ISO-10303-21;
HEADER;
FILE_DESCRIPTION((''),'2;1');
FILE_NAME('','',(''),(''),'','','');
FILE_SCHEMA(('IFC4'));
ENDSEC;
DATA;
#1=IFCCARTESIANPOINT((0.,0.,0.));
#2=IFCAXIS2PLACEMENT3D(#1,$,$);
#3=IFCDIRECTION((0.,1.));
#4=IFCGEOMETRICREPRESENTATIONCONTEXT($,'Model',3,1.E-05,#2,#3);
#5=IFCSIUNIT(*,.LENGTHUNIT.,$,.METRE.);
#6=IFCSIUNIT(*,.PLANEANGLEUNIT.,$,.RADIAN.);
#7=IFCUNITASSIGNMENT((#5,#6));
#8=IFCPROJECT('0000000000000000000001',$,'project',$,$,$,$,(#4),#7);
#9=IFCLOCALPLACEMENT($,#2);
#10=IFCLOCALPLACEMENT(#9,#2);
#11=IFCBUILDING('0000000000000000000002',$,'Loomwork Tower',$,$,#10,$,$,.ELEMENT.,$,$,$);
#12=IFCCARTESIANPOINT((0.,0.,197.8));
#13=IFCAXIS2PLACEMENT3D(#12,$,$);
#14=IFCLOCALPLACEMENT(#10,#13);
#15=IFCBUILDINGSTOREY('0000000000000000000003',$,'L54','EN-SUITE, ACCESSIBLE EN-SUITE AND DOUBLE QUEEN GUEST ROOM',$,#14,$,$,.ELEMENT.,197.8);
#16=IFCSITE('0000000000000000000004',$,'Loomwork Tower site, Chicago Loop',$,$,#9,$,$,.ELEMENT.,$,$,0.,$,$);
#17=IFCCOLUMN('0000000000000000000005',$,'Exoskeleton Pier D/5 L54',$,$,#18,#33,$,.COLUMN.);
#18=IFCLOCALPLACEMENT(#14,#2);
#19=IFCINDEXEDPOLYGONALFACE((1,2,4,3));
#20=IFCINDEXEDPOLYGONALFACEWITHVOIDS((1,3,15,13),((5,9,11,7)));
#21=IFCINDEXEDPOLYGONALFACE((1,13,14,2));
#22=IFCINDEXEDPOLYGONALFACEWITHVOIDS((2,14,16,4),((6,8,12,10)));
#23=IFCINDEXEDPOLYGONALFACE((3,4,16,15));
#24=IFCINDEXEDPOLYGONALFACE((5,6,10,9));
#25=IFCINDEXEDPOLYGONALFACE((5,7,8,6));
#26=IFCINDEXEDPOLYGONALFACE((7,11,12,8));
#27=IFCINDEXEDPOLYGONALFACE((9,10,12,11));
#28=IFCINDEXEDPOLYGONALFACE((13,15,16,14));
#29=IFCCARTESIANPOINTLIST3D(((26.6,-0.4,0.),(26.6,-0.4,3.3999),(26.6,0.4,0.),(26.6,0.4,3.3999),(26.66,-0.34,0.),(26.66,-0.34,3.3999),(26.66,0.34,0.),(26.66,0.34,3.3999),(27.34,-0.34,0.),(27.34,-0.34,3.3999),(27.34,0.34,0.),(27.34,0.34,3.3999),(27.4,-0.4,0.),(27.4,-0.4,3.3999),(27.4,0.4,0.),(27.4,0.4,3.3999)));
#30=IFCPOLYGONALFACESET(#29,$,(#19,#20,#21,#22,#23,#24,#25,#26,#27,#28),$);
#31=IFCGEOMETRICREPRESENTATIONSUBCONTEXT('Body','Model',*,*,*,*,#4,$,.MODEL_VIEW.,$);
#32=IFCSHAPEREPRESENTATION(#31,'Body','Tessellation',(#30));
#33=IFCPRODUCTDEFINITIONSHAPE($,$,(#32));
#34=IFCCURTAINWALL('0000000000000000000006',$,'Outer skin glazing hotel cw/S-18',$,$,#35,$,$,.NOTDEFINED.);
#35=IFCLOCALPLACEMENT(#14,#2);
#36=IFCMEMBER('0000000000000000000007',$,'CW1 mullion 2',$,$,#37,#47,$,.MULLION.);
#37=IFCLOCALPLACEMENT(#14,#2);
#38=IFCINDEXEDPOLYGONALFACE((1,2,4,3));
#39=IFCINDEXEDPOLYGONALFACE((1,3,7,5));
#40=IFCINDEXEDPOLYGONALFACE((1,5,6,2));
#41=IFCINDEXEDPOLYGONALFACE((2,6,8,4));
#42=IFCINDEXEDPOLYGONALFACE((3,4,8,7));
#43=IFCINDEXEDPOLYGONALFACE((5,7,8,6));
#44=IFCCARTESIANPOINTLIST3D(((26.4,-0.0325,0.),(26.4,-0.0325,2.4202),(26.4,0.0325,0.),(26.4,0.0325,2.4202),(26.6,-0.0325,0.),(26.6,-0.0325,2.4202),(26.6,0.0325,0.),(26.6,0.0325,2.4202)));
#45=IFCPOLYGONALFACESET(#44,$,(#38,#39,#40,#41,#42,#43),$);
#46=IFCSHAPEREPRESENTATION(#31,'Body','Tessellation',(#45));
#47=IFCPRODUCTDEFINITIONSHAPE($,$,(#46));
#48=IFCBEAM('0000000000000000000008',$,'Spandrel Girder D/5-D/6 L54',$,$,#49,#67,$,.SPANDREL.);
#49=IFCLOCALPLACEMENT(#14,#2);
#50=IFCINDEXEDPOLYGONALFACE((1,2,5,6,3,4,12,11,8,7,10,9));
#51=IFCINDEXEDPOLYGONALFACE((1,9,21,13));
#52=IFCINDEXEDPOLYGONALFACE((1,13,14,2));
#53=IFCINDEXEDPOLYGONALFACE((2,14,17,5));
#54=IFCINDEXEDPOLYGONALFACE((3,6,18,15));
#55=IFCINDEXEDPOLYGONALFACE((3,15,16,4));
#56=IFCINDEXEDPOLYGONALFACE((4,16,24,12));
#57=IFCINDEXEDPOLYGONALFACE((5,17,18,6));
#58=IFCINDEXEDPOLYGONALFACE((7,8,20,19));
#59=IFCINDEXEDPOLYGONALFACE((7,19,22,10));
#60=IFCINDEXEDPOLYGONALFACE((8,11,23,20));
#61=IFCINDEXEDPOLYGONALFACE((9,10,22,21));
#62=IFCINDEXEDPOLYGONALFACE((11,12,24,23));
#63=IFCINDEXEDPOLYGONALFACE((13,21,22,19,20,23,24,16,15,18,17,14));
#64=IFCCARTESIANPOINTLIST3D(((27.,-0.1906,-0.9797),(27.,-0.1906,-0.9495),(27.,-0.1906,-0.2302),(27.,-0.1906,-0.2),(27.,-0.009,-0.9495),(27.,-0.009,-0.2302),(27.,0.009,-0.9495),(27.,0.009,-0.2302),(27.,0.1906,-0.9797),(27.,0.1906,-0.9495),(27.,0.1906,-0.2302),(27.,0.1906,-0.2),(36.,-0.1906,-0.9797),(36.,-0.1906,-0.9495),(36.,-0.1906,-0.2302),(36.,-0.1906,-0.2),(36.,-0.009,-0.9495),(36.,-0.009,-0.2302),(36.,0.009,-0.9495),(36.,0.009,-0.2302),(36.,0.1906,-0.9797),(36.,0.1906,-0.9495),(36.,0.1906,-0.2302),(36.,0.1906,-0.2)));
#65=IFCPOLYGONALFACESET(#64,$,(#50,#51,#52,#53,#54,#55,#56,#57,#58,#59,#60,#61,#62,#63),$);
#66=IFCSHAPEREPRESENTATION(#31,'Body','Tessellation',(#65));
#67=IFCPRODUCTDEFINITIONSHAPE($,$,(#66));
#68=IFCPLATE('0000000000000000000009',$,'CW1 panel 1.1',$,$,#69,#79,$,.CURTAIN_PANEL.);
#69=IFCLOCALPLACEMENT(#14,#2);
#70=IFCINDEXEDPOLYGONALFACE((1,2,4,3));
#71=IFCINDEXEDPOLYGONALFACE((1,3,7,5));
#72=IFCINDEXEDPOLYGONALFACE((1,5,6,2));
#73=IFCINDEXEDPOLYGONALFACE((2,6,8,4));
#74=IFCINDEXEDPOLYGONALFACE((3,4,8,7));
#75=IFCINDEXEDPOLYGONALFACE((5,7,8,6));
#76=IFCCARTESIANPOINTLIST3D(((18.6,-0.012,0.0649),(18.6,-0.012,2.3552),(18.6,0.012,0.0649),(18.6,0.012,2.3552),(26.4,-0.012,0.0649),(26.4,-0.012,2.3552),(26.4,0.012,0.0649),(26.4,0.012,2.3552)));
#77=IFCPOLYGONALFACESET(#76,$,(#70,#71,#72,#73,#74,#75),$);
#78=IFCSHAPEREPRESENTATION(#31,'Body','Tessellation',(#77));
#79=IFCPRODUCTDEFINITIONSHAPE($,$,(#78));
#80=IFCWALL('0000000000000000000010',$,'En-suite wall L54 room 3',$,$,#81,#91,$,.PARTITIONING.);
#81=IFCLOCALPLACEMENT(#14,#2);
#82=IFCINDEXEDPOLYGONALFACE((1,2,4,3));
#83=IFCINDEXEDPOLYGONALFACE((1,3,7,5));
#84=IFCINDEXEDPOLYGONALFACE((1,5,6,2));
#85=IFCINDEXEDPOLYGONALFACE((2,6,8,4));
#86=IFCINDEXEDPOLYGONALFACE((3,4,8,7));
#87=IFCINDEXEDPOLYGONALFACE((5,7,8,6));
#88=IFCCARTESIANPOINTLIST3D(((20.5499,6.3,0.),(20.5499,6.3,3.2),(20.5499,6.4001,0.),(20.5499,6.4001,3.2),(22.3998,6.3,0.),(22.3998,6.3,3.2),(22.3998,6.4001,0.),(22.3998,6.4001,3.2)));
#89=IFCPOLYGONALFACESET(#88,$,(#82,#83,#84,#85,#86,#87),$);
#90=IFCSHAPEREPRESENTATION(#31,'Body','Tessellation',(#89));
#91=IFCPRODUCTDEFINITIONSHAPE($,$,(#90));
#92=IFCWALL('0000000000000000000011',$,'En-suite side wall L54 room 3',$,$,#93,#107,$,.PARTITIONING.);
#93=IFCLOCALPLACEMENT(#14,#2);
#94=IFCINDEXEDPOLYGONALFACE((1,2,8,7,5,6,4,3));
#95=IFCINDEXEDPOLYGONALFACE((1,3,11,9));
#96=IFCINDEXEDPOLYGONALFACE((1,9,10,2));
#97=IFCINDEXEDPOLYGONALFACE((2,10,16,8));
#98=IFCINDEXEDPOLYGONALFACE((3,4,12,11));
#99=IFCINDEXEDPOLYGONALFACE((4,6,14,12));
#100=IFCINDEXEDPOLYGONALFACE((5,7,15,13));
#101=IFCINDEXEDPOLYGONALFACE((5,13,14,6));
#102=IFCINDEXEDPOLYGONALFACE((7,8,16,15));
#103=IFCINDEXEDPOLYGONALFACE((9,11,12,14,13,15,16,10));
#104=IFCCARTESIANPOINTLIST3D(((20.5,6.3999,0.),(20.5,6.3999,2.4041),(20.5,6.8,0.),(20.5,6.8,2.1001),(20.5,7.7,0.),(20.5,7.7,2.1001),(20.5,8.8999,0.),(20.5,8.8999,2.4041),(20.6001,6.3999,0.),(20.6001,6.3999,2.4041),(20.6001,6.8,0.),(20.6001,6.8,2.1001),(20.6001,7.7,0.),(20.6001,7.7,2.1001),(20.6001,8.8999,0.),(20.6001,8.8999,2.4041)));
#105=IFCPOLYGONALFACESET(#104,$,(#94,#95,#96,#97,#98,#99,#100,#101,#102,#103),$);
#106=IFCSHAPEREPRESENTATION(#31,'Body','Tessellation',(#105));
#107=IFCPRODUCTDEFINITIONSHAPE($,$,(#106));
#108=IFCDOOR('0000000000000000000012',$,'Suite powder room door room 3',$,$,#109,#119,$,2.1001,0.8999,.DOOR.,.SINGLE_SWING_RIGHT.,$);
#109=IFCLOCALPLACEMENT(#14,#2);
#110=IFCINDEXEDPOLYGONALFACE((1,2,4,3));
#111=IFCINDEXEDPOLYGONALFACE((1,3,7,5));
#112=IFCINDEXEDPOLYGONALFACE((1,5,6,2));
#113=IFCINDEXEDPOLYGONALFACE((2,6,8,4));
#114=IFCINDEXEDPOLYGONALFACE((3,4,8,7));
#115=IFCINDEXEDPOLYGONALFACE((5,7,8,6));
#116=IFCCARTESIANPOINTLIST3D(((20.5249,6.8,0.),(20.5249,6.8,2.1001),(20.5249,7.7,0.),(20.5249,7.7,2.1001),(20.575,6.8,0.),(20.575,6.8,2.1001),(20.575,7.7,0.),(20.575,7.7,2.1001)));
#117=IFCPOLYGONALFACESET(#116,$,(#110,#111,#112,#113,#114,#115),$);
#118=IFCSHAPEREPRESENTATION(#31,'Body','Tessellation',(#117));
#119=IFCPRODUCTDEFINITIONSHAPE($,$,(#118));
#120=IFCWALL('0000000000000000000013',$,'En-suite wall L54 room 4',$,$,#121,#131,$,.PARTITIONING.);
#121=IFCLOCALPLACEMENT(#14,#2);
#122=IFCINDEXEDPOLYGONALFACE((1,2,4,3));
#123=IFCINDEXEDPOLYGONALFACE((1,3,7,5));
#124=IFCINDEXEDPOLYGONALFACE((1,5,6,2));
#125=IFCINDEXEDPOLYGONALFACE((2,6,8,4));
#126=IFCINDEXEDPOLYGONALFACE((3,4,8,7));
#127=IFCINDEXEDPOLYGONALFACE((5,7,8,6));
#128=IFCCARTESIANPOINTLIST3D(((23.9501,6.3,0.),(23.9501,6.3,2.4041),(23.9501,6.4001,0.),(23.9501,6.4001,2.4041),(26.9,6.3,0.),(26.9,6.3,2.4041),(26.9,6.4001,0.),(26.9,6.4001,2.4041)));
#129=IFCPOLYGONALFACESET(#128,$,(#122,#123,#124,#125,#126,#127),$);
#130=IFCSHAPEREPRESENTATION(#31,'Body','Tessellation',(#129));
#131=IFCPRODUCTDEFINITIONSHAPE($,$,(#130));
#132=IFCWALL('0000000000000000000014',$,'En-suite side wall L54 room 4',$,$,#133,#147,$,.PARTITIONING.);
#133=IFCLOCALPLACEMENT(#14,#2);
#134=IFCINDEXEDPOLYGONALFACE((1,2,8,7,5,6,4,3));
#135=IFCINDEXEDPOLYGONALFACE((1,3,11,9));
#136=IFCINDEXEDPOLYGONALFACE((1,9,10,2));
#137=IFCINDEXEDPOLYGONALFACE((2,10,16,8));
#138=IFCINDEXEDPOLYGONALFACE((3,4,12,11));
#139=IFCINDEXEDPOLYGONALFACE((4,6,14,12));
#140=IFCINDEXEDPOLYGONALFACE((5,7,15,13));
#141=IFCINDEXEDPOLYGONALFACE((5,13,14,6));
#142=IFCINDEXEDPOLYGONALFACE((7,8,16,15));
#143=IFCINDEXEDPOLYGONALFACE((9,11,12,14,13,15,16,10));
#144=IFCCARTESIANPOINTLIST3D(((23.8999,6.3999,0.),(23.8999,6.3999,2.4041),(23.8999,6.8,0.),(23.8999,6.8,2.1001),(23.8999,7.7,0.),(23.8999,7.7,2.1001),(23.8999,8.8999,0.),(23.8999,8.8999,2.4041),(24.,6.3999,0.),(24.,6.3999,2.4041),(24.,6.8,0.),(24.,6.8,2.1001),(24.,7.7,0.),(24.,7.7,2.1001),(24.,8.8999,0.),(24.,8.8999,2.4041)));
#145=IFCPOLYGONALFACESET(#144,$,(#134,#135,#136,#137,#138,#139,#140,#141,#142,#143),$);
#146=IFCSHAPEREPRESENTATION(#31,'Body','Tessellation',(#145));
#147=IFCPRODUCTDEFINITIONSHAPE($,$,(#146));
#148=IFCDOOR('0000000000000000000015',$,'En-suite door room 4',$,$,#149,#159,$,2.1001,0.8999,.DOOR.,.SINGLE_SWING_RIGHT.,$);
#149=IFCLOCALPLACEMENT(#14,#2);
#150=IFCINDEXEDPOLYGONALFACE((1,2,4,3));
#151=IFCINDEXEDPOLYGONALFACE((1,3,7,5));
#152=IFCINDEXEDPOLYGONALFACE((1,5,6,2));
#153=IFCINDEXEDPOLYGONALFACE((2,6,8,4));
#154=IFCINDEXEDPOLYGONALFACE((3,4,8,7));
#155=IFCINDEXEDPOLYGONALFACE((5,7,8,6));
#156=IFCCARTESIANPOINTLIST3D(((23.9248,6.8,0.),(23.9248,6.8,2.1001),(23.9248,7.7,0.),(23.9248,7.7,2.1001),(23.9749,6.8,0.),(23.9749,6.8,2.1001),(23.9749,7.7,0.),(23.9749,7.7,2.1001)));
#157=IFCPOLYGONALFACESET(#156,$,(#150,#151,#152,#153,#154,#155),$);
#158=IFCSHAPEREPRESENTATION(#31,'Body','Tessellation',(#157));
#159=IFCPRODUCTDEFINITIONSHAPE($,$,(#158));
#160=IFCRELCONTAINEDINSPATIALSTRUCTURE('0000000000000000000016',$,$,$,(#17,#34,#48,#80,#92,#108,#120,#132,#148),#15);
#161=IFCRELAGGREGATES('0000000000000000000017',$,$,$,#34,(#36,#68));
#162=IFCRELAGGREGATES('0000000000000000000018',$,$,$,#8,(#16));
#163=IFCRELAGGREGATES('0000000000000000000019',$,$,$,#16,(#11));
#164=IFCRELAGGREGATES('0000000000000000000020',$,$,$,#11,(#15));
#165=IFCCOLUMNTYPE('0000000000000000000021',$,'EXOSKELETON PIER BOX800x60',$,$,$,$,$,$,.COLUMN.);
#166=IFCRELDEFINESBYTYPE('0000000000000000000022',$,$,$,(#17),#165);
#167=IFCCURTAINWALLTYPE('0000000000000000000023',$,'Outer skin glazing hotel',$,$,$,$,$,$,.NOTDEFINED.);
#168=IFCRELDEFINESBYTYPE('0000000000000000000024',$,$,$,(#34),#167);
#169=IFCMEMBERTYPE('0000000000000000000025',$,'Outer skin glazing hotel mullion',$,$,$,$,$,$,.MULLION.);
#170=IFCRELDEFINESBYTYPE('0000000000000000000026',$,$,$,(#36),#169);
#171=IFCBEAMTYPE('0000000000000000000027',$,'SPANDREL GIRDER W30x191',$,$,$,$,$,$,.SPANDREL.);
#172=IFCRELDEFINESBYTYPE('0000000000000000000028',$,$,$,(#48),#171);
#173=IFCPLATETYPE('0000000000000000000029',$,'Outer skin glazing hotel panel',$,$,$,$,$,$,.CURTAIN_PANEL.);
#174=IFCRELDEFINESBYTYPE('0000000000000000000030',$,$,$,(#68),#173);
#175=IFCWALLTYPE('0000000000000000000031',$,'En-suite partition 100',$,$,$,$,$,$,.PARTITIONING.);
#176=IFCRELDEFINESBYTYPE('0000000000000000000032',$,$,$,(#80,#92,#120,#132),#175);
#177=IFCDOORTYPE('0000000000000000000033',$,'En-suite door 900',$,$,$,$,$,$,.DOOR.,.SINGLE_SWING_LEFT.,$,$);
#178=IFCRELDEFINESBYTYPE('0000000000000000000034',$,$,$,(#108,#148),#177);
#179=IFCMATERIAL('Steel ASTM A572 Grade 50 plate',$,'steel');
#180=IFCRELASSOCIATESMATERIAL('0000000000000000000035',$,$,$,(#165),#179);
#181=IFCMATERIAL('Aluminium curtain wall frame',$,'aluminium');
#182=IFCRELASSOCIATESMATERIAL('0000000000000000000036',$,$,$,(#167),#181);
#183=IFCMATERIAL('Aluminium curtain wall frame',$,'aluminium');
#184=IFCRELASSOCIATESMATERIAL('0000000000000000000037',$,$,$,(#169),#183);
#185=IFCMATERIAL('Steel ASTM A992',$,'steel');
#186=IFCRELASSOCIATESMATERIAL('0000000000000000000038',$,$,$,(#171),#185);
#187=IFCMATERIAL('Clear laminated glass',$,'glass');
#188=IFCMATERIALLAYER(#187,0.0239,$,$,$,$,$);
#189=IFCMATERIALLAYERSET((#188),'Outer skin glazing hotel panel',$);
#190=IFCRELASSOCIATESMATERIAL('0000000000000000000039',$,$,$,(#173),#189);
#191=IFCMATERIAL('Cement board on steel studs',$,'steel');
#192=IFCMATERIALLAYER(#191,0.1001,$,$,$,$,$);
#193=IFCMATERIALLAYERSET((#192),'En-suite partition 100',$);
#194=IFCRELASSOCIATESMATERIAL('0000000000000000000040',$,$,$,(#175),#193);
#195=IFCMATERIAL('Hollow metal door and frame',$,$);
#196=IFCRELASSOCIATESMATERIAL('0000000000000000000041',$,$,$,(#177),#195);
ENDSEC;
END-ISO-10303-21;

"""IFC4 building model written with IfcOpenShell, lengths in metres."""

from ifc_helpers import new_model, si_unit, direction, frame, frame_2d, origin, origin_2d, place, context, subcontext, project, spatial, rectangle, hollow_rectangle, i_section, extrude, material, layer, layer_set, material_profile, profile_set, type_object, element, fill, aggregate, save


model = new_model("IFC4")

# Units and contexts
model_context = context("Model", 3, precision=1e-05, world=origin(), true_north=direction((0.0, 1.0)))
body_context = subcontext(model_context, "Body", "Model", "MODEL_VIEW")
ifc_project = project(units=[si_unit("LENGTHUNIT", "METRE"), si_unit("PLANEANGLEUNIT", "RADIAN")], contexts=[model_context])

# Site, building, storey
site_placement = place(None, origin())
site = spatial("IfcSite", under=ifc_project, at=site_placement, Name="Loomwork Tower site, Chicago Loop", CompositionType="ELEMENT", RefElevation=0.0)
building_placement = place(site_placement, origin())
building = spatial("IfcBuilding", under=site, at=building_placement, Name="Loomwork Tower", CompositionType="ELEMENT")
storey_placement = place(building_placement, frame((0.0, 0.0, 197.8)))
storey = spatial("IfcBuildingStorey", under=building, at=storey_placement, Name="L54", Description="EN-SUITE, ACCESSIBLE EN-SUITE AND DOUBLE QUEEN GUEST ROOM", CompositionType="ELEMENT", Elevation=197.8)

# Column
ifc_material_1 = material(Name="Steel ASTM A572 Grade 50 plate", Category="steel")
ifc_material_profile_1 = material_profile(ifc_material_1, hollow_rectangle(XDim=0.8, YDim=0.8, WallThickness=0.0601, at=origin_2d()), Name="BOX800x60")
ifc_profile_set_1 = profile_set([ifc_material_profile_1], Name="Steel ASTM A572 Grade 50 plate")
column_type = type_object("IfcColumnType", Name="EXOSKELETON PIER BOX800x60", PredefinedType="COLUMN", material=ifc_profile_set_1)
column_placement = place(storey_placement, frame((27.0, 0.0, 0.0), z_axis=(0.0, 0.0, 1.0), x_axis=(1.0, 0.0, 0.0)))
element("IfcColumn", 1, at=column_placement, inside=storey, type_object=column_type, Name="Exoskeleton Pier D/5 L54", PredefinedType="COLUMN", context=body_context, shape_type="SweptSolid", body=[
    extrude(hollow_rectangle(XDim=0.8, YDim=0.8, WallThickness=0.0601, at=origin_2d()), origin(), (0.0, 0.0, 1.0), 3.3999),
])

# Curtain wall, member
ifc_material_2 = material(Name="Aluminium curtain wall frame", Category="aluminium")
curtain_wall_type = type_object("IfcCurtainWallType", Name="Outer skin glazing hotel", PredefinedType="NOTDEFINED", material=ifc_material_2)
curtain_wall_placement = place(storey_placement, origin())
curtain_wall = element("IfcCurtainWall", 2, at=curtain_wall_placement, inside=storey, type_object=curtain_wall_type, Name="Outer skin glazing hotel cw/S-18", PredefinedType="NOTDEFINED")
ifc_material_3 = material(Name="Aluminium curtain wall frame", Category="aluminium")
ifc_material_profile_2 = material_profile(ifc_material_3, rectangle(XDim=0.0649, YDim=0.2, at=origin_2d()), Name="AL 65x200")
ifc_profile_set_2 = profile_set([ifc_material_profile_2], Name="Aluminium curtain wall frame")
member_type = type_object("IfcMemberType", Name="Outer skin glazing hotel mullion", PredefinedType="MULLION", material=ifc_profile_set_2)
member_placement = place(storey_placement, frame((26.5, 0.0, 0.0), z_axis=(0.0, 0.0, 1.0), x_axis=(0.0, 1.0, 0.0)))
member = element("IfcMember", 3, at=member_placement, type_object=member_type, Name="CW1 mullion 2", PredefinedType="MULLION", context=body_context, shape_type="SweptSolid", body=[
    extrude(rectangle(XDim=0.0649, YDim=0.2, at=origin_2d()), origin(), (0.0, 0.0, 1.0), 2.4202),
])

# Beam
ifc_material_4 = material(Name="Steel ASTM A992", Category="steel")
ifc_material_profile_3 = material_profile(ifc_material_4, i_section(OverallWidth=0.3811, OverallDepth=0.7798, WebThickness=0.0181, FlangeThickness=0.0303, at=origin_2d()), Name="W30x191")
ifc_profile_set_3 = profile_set([ifc_material_profile_3], Name="Steel ASTM A992")
beam_type = type_object("IfcBeamType", Name="SPANDREL GIRDER W30x191", PredefinedType="SPANDREL", material=ifc_profile_set_3)
beam_placement = place(storey_placement, frame((27.0, 0.0, -0.5898), z_axis=(1.0, 0.0, 0.0), x_axis=(0.0, 1.0, 0.0)))
element("IfcBeam", 4, at=beam_placement, inside=storey, type_object=beam_type, Name="Spandrel Girder D/5-D/6 L54", PredefinedType="SPANDREL", context=body_context, shape_type="SweptSolid", body=[
    extrude(i_section(OverallWidth=0.3811, OverallDepth=0.7798, WebThickness=0.0181, FlangeThickness=0.0303, at=origin_2d()), origin(), (0.0, 0.0, 1.0), 9.0),
])

# Plate
ifc_material_5 = material(Name="Clear laminated glass", Category="glass")
ifc_layer_1 = layer(ifc_material_5, 0.0239)
ifc_layer_set_1 = layer_set([ifc_layer_1], Name="Outer skin glazing hotel panel")
plate_type = type_object("IfcPlateType", Name="Outer skin glazing hotel panel", PredefinedType="CURTAIN_PANEL", material=ifc_layer_set_1)
plate_placement = place(storey_placement, frame((22.5, 0.0, 0.0649), z_axis=(0.0, 0.0, 1.0), x_axis=(1.0, 0.0, 0.0)))
plate = element("IfcPlate", 5, at=plate_placement, type_object=plate_type, Name="CW1 panel 1.1", PredefinedType="CURTAIN_PANEL", context=body_context, shape_type="SweptSolid", body=[
    extrude(rectangle(XDim=7.8, YDim=0.0239, at=origin_2d()), origin(), (0.0, 0.0, 1.0), 2.2903),
])
aggregate(curtain_wall, [member, plate])

# Wall
ifc_material_6 = material(Name="Cement board on steel studs", Category="steel")
ifc_layer_2 = layer(ifc_material_6, 0.1001)
ifc_layer_set_2 = layer_set([ifc_layer_2], Name="En-suite partition 100")
wall_type_1 = type_object("IfcWallType", Name="En-suite partition 100", PredefinedType="PARTITIONING", material=ifc_layer_set_2)
wall_1_placement = place(storey_placement, frame((20.55, 6.3501, 0.0), z_axis=(0.0, 0.0, 1.0), x_axis=(1.0, 0.0, 0.0)))
element("IfcWall", 6, at=wall_1_placement, inside=storey, type_object=wall_type_1, Name="En-suite wall L54 room 3", PredefinedType="PARTITIONING", context=body_context, shape_type="SweptSolid", body=[
    extrude(rectangle(XDim=1.8499, YDim=0.1001, at=frame_2d((0.9248, 0.0))), origin(), (0.0, 0.0, 1.0), 3.2),
])

# Wall, opening, door
wall_2_placement = place(storey_placement, frame((20.55, 8.8999, 0.0), z_axis=(0.0, 0.0, 1.0), x_axis=(0.0, -1.0, 0.0)))
wall_2 = element("IfcWall", 7, at=wall_2_placement, inside=storey, type_object=wall_type_1, Name="En-suite side wall L54 room 3", PredefinedType="PARTITIONING", context=body_context, shape_type="SweptSolid", body=[
    extrude(rectangle(XDim=2.5, YDim=0.1001, at=frame_2d((1.25, 0.0))), origin(), (0.0, 0.0, 1.0), 2.4041),
])
opening_1_placement = place(wall_2_placement, frame((1.2, 0.0, 0.0)))
opening_1 = element("IfcOpeningElement", 8, at=opening_1_placement, cuts=wall_2, PredefinedType="OPENING", context=body_context, shape_type="SweptSolid", body=[
    extrude(rectangle(XDim=0.8999, YDim=2.1001, at=frame_2d((0.45, 1.05))), frame((0.0, 0.0601, 0.0), z_axis=(0.0, -1.0, 0.0), x_axis=(1.0, 0.0, 0.0)), (0.0, 0.0, 1.0), 0.1201),
])
ifc_material_7 = material(Name="Hollow metal door and frame")
door_type_1 = type_object("IfcDoorType", Name="En-suite door 900", OperationType="SINGLE_SWING_LEFT", PredefinedType="DOOR", material=ifc_material_7)
door_1_placement = place(opening_1_placement, origin())
door_1 = element("IfcDoor", 9, at=door_1_placement, inside=storey, type_object=door_type_1, Name="Suite powder room door room 3", OperationType="SINGLE_SWING_RIGHT", OverallHeight=2.1001, OverallWidth=0.8999, PredefinedType="DOOR", context=body_context, shape_type="SweptSolid", body=[
    extrude(rectangle(XDim=0.8999, YDim=2.1001, at=frame_2d((0.45, 1.05))), frame((0.0, 0.0249, 0.0), z_axis=(0.0, -1.0, 0.0), x_axis=(1.0, 0.0, 0.0)), (0.0, 0.0, 1.0), 0.05),
])
fill(opening_1, door_1)

# Wall
wall_3_placement = place(storey_placement, frame((23.95, 6.3501, 0.0), z_axis=(0.0, 0.0, 1.0), x_axis=(1.0, 0.0, 0.0)))
element("IfcWall", 10, at=wall_3_placement, inside=storey, type_object=wall_type_1, Name="En-suite wall L54 room 4", PredefinedType="PARTITIONING", context=body_context, shape_type="SweptSolid", body=[
    extrude(rectangle(XDim=2.95, YDim=0.1001, at=frame_2d((1.4751, 0.0))), origin(), (0.0, 0.0, 1.0), 2.4041),
])

# Wall, opening, door
wall_4_placement = place(storey_placement, frame((23.95, 8.8999, 0.0), z_axis=(0.0, 0.0, 1.0), x_axis=(0.0, -1.0, 0.0)))
wall_4 = element("IfcWall", 11, at=wall_4_placement, inside=storey, type_object=wall_type_1, Name="En-suite side wall L54 room 4", PredefinedType="PARTITIONING", context=body_context, shape_type="SweptSolid", body=[
    extrude(rectangle(XDim=2.5, YDim=0.1001, at=frame_2d((1.25, 0.0))), origin(), (0.0, 0.0, 1.0), 2.4041),
])
opening_2_placement = place(wall_4_placement, frame((1.2, 0.0, 0.0)))
opening_2 = element("IfcOpeningElement", 12, at=opening_2_placement, cuts=wall_4, PredefinedType="OPENING", context=body_context, shape_type="SweptSolid", body=[
    extrude(rectangle(XDim=0.8999, YDim=2.1001, at=frame_2d((0.45, 1.05))), frame((0.0, 0.0601, 0.0), z_axis=(0.0, -1.0, 0.0), x_axis=(1.0, 0.0, 0.0)), (0.0, 0.0, 1.0), 0.1201),
])
door_2_placement = place(opening_2_placement, origin())
door_2 = element("IfcDoor", 13, at=door_2_placement, inside=storey, type_object=door_type_1, Name="En-suite door room 4", OperationType="SINGLE_SWING_RIGHT", OverallHeight=2.1001, OverallWidth=0.8999, PredefinedType="DOOR", context=body_context, shape_type="SweptSolid", body=[
    extrude(rectangle(XDim=0.8999, YDim=2.1001, at=frame_2d((0.45, 1.05))), frame((0.0, 0.0249, 0.0), z_axis=(0.0, -1.0, 0.0), x_axis=(1.0, 0.0, 0.0)), (0.0, 0.0, 1.0), 0.05),
])
fill(opening_2, door_2)

save(model, "model.ifc")
